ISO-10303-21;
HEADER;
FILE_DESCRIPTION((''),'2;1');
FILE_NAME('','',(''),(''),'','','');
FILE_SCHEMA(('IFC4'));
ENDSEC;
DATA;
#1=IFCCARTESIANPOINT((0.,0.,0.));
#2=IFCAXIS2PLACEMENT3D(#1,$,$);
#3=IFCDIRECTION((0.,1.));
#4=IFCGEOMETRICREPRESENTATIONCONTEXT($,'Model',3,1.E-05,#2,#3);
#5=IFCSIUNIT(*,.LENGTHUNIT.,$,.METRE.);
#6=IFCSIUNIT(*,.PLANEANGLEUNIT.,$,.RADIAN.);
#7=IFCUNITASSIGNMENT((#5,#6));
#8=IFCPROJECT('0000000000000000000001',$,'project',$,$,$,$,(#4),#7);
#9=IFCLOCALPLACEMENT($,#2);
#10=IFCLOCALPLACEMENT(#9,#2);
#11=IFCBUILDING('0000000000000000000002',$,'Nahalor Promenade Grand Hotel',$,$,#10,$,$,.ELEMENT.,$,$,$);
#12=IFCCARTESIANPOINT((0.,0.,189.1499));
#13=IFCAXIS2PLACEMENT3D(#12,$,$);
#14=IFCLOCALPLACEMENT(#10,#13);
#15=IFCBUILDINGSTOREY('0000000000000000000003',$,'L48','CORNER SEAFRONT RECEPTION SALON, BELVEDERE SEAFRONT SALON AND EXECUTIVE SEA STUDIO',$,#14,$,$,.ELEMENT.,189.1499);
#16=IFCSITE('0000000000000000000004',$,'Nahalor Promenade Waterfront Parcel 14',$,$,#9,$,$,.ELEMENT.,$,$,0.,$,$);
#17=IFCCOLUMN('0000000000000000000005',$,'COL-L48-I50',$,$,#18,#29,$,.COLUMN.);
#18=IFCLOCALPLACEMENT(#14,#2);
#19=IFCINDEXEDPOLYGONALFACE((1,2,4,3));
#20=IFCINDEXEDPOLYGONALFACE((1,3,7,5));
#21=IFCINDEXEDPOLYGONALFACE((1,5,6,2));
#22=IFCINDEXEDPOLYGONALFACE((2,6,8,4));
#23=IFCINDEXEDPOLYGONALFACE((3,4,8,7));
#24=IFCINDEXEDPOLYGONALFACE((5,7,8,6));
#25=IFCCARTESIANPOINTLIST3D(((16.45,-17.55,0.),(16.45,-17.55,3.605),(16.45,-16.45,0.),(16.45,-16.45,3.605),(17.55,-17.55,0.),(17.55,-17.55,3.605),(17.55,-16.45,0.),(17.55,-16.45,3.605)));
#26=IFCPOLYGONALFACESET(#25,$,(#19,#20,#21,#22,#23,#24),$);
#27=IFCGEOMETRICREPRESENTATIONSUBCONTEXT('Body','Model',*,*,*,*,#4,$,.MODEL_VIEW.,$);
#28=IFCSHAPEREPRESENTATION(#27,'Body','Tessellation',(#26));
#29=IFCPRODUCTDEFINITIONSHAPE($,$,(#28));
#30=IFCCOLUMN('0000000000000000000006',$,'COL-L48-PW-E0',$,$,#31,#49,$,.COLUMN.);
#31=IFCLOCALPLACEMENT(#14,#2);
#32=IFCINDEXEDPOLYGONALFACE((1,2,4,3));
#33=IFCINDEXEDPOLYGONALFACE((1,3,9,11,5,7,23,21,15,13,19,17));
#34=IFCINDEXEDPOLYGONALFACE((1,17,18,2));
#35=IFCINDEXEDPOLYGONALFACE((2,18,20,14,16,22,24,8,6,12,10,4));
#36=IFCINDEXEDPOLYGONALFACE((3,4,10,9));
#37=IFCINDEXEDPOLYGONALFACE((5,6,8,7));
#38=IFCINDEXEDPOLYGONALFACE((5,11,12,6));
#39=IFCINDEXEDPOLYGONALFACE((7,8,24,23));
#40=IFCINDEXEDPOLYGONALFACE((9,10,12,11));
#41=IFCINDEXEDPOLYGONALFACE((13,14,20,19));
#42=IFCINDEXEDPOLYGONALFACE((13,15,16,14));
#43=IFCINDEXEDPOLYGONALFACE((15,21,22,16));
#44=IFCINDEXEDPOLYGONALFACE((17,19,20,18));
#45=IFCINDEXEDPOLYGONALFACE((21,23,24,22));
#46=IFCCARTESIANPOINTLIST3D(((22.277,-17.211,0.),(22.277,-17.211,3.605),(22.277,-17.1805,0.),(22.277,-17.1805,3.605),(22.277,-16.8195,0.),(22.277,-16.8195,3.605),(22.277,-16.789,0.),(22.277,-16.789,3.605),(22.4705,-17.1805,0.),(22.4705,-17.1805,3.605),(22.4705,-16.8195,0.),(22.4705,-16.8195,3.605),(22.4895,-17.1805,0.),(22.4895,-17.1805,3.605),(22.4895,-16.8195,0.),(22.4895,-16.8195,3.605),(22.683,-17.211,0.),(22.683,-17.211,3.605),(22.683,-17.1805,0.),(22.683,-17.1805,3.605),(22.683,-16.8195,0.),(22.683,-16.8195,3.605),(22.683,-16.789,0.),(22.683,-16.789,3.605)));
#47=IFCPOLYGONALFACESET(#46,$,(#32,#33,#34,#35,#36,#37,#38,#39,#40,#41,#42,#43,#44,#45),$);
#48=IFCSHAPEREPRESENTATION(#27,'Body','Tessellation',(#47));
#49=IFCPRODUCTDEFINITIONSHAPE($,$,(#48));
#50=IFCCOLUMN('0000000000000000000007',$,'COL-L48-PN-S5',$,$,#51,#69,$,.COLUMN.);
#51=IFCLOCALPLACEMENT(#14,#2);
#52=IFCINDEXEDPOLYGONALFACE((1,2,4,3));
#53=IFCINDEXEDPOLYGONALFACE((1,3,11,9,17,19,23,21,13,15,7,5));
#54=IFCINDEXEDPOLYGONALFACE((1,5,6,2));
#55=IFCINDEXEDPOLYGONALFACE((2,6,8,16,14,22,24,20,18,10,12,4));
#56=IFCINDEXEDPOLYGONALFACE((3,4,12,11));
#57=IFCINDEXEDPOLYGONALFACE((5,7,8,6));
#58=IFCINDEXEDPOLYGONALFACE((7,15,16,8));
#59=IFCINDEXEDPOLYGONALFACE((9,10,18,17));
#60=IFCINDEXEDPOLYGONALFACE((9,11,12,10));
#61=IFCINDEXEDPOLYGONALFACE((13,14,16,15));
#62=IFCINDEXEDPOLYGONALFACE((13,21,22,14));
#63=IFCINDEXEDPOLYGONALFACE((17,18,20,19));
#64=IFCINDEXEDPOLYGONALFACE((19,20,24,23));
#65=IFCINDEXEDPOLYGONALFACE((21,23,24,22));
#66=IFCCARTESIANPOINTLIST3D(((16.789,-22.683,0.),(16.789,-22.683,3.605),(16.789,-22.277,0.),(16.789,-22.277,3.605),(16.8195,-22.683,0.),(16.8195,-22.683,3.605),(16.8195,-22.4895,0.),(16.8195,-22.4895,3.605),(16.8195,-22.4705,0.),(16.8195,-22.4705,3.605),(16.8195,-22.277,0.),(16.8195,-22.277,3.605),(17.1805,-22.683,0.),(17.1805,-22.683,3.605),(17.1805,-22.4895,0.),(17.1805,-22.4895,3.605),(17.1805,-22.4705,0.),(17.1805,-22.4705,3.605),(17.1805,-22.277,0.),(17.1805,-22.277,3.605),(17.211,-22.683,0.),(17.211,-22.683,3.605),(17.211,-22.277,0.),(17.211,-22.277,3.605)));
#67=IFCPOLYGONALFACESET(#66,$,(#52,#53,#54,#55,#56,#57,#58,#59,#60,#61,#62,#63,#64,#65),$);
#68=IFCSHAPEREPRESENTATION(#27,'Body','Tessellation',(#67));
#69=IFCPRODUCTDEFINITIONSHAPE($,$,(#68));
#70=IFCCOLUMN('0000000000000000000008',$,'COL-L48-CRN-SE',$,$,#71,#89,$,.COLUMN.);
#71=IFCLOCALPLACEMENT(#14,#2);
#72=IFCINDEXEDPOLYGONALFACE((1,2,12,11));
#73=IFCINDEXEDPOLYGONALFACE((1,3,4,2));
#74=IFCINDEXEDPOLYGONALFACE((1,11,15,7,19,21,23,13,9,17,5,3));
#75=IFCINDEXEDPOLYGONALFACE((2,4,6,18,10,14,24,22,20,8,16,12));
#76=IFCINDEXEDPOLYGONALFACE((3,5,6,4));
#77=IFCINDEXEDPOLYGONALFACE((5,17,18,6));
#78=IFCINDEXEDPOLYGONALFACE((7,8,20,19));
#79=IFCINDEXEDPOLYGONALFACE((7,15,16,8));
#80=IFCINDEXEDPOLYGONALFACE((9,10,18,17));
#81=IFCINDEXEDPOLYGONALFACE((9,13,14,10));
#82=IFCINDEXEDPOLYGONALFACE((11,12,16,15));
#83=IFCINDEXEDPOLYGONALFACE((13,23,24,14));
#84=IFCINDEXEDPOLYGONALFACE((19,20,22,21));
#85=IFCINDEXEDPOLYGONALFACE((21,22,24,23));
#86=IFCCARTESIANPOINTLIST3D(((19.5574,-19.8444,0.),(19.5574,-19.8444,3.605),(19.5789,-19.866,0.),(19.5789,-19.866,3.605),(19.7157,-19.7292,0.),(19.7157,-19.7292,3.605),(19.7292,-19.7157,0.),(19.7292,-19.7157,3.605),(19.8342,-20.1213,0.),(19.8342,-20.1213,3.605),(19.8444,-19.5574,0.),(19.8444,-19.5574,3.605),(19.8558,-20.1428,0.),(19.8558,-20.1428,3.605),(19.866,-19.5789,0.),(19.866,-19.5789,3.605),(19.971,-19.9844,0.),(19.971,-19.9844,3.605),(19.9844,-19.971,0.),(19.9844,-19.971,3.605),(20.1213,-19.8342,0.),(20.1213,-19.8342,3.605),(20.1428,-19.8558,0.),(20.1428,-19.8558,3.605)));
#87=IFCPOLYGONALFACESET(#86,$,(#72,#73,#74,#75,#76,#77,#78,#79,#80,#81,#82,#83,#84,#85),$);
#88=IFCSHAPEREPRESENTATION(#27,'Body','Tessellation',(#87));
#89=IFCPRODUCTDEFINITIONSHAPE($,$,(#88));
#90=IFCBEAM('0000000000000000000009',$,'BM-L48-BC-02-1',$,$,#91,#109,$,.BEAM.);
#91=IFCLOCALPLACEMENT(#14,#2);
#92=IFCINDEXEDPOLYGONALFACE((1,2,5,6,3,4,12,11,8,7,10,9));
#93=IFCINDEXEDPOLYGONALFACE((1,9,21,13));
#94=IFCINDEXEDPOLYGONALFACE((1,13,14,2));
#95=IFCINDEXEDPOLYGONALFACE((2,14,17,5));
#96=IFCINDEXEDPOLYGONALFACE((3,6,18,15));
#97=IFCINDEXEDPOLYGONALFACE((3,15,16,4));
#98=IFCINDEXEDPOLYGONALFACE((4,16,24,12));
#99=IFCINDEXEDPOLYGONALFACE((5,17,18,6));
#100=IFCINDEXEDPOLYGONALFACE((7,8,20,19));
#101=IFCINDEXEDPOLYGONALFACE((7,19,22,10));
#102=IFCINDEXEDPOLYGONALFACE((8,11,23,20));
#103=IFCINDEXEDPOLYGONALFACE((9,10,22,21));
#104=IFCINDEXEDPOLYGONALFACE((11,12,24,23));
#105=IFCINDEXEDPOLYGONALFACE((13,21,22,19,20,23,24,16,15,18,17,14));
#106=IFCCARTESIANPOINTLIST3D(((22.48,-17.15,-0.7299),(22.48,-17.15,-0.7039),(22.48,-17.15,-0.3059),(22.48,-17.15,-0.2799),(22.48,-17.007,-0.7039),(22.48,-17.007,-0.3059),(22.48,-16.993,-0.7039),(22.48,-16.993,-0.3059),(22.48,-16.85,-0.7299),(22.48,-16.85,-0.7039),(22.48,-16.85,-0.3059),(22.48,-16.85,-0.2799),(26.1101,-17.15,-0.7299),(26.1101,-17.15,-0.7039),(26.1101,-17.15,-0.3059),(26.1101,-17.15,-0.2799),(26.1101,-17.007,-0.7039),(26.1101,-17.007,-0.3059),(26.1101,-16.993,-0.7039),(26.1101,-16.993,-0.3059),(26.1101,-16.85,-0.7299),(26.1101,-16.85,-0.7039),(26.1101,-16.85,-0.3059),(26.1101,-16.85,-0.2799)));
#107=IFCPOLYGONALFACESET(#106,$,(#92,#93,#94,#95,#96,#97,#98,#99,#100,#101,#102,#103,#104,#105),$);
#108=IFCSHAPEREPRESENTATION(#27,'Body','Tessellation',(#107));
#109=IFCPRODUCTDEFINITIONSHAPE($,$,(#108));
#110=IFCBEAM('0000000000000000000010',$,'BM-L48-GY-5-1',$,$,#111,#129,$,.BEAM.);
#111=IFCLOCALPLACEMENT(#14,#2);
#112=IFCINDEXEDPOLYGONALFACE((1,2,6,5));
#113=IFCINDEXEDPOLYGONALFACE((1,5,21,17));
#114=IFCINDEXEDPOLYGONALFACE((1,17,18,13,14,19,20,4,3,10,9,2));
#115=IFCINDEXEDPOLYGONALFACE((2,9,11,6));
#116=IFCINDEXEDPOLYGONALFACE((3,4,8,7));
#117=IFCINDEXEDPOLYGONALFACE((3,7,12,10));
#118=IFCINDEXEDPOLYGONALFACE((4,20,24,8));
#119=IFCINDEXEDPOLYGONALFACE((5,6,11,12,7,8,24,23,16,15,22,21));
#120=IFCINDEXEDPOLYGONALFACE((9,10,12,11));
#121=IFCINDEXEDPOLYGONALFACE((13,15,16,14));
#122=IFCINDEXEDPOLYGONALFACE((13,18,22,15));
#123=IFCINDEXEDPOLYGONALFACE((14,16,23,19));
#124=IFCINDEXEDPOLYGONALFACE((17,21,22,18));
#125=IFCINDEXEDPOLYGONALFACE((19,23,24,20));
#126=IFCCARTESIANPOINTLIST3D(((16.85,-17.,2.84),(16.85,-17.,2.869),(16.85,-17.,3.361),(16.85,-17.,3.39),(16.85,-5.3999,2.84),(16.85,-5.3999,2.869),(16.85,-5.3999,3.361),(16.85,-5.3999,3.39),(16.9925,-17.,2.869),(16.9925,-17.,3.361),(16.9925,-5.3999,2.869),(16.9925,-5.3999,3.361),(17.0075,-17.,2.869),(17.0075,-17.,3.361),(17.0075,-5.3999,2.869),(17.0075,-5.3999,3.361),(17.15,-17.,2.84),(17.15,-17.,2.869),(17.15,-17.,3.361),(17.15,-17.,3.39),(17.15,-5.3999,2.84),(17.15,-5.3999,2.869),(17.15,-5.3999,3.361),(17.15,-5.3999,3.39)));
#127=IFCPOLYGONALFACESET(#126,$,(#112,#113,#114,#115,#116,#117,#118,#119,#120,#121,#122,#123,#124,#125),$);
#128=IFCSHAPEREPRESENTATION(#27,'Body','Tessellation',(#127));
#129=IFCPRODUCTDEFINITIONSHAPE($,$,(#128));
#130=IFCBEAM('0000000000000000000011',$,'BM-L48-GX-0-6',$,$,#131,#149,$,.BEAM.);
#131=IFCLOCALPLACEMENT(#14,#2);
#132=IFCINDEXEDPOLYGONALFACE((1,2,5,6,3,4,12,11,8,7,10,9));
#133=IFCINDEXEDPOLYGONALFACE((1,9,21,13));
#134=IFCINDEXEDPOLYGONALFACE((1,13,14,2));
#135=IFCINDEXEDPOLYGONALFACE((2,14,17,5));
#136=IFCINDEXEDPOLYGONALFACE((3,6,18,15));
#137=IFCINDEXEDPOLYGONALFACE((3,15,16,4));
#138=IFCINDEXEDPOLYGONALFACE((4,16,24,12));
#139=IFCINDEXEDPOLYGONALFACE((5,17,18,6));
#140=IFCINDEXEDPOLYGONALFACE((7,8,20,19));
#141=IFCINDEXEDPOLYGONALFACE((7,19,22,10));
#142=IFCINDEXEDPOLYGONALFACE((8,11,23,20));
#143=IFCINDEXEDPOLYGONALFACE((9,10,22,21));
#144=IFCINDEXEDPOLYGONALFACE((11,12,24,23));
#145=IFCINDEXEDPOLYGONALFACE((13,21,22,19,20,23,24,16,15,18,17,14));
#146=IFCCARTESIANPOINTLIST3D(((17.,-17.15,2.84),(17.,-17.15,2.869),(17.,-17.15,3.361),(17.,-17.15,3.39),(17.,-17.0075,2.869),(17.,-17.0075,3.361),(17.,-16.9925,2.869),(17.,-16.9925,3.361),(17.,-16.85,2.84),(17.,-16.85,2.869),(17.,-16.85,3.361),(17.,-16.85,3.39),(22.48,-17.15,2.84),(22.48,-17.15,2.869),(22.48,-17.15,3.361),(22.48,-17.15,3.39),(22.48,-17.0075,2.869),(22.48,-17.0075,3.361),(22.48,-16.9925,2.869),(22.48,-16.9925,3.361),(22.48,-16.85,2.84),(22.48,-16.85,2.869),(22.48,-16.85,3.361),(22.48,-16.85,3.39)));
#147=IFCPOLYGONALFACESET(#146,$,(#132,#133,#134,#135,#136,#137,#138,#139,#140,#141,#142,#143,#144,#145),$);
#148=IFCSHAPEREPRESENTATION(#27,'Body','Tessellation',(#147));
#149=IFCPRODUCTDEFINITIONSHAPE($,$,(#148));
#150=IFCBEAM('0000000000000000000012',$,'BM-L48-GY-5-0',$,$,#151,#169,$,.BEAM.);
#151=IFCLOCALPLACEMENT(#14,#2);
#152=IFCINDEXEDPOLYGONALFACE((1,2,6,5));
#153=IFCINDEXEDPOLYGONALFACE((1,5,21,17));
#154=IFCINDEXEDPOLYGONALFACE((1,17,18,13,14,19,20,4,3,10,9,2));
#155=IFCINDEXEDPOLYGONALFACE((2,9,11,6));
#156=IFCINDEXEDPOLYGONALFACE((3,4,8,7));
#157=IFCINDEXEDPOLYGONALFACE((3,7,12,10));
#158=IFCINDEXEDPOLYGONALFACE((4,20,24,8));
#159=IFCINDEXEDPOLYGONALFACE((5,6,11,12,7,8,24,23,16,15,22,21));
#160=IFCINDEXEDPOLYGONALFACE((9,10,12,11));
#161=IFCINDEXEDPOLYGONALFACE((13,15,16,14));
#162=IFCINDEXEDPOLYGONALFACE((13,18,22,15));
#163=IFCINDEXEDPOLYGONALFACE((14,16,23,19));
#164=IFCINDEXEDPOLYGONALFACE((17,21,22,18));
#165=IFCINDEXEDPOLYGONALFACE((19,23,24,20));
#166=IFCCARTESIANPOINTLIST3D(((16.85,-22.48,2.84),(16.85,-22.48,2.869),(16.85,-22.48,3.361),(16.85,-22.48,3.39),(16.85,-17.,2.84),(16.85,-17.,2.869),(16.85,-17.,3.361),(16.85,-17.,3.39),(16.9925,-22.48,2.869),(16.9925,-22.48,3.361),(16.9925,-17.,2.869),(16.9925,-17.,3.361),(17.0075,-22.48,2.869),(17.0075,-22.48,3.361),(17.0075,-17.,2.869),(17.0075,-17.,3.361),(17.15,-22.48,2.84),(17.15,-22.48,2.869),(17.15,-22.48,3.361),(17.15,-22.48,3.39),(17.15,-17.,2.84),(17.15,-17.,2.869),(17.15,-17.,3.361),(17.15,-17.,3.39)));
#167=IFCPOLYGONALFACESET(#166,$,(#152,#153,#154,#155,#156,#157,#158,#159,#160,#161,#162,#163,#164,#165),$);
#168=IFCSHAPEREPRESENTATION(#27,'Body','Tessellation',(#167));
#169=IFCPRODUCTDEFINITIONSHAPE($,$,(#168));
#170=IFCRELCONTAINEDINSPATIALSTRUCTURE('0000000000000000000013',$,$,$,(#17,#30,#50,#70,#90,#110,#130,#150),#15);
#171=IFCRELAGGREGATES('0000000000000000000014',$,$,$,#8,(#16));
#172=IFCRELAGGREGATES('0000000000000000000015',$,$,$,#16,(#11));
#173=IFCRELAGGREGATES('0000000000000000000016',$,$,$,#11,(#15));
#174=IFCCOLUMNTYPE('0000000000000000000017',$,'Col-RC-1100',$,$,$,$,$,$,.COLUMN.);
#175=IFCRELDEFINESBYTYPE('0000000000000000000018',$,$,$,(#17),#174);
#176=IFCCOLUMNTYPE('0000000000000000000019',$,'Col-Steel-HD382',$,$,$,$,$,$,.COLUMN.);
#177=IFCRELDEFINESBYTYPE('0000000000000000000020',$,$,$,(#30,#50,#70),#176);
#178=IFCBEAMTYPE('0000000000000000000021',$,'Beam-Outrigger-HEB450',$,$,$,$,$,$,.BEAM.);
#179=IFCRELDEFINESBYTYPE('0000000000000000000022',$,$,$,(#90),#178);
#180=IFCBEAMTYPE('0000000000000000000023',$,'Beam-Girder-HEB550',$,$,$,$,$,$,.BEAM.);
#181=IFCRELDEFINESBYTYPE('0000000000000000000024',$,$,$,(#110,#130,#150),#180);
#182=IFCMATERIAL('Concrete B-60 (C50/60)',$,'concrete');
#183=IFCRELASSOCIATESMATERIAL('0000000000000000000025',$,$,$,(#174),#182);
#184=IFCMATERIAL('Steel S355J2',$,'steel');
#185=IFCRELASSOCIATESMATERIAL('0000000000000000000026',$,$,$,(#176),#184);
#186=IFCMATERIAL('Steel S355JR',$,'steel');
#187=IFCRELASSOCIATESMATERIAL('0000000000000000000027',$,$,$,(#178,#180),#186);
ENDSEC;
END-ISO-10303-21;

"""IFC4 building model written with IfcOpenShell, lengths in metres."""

from ifc_helpers import new_model, si_unit, direction, frame, origin, origin_2d, place, context, subcontext, project, spatial, rectangle, i_section, extrude, source, transform, mapped, material, material_profile, profile_set, type_object, element, save


model = new_model("IFC4")

# Units and contexts
model_context = context("Model", 3, precision=1e-05, world=origin(), true_north=direction((0.0, 1.0)))
body_context = subcontext(model_context, "Body", "Model", "MODEL_VIEW")
ifc_project = project(units=[si_unit("LENGTHUNIT", "METRE"), si_unit("PLANEANGLEUNIT", "RADIAN")], contexts=[model_context])

# Site, building, storey
site_placement = place(None, origin())
site = spatial("IfcSite", under=ifc_project, at=site_placement, Name="Nahalor Promenade Waterfront Parcel 14", CompositionType="ELEMENT", RefElevation=0.0)
building_placement = place(site_placement, origin())
building = spatial("IfcBuilding", under=site, at=building_placement, Name="Nahalor Promenade Grand Hotel", CompositionType="ELEMENT")
storey_placement = place(building_placement, frame((0.0, 0.0, 189.1499)))
storey = spatial("IfcBuildingStorey", under=building, at=storey_placement, Name="L48", Description="CORNER SEAFRONT RECEPTION SALON, BELVEDERE SEAFRONT SALON AND EXECUTIVE SEA STUDIO", CompositionType="ELEMENT", Elevation=189.1499)

# Columns
ifc_material_1 = material(Name="Concrete B-60 (C50/60)", Category="concrete")
ifc_material_profile_1 = material_profile(ifc_material_1, rectangle(XDim=1.1, YDim=1.1, at=origin_2d()), Name="RC 1100x1100")
ifc_profile_set_1 = profile_set([ifc_material_profile_1], Name="Concrete B-60 (C50/60)")
column_type_1 = type_object("IfcColumnType", Name="Col-RC-1100", PredefinedType="COLUMN", material=ifc_profile_set_1)
shared_shape_1 = source(origin(), body_context, "Body", "SweptSolid", [
    extrude(rectangle(XDim=1.1, YDim=1.1, at=origin_2d()), origin(), (0.0, 0.0, 1.0), 3.605),
])
column_placement = place(storey_placement, frame((17.0, -17.0, 0.0), z_axis=(0.0, 0.0, 1.0), x_axis=(1.0, 0.0, 0.0)))
element("IfcColumn", 1, at=column_placement, inside=storey, type_object=column_type_1, Name="COL-L48-I50", PredefinedType="COLUMN", context=body_context, shape_type="MappedRepresentation", body=[
    mapped(shared_shape_1, transform((0.0, 0.0, 0.0), scale=1.0)),
])
ifc_material_2 = material(Name="Steel S355J2", Category="steel")
ifc_material_profile_2 = material_profile(ifc_material_2, i_section(OverallWidth=0.406, OverallDepth=0.422, WebThickness=0.019, FlangeThickness=0.0305, at=origin_2d()), Name="HD 400x382")
ifc_profile_set_2 = profile_set([ifc_material_profile_2], Name="Steel S355J2")
column_type_2 = type_object("IfcColumnType", Name="Col-Steel-HD382", PredefinedType="COLUMN", material=ifc_profile_set_2)
shared_shape_2 = source(origin(), body_context, "Body", "SweptSolid", [
    extrude(i_section(OverallWidth=0.406, OverallDepth=0.422, WebThickness=0.019, FlangeThickness=0.0305, at=origin_2d()), origin(), (0.0, 0.0, 1.0), 3.605),
])
for number, where, z_axis, x_axis, name in (
    (2, (22.48, -17.0, 0.0), (0.0, 0.0, 1.0), (1.0, 0.0, 0.0), "COL-L48-PW-E0"),
    (3, (17.0, -22.48, 0.0), (0.0, 0.0, 1.0), (0.0, 1.0, 0.0), "COL-L48-PN-S5"),
    (4, (19.8501, -19.8501, 0.0), (0.0, 0.0, 1.0), (0.707107, 0.707107, 0.0), "COL-L48-CRN-SE"),
):
    element("IfcColumn", number, at=place(storey_placement, frame(where, z_axis=z_axis, x_axis=x_axis)), inside=storey, type_object=column_type_2, Name=name, PredefinedType="COLUMN", context=body_context, shape_type="MappedRepresentation", body=[
        mapped(shared_shape_2, transform((0.0, 0.0, 0.0), scale=1.0)),
    ])

# Beams
ifc_material_3 = material(Name="Steel S355JR", Category="steel")
ifc_material_profile_3 = material_profile(ifc_material_3, i_section(OverallWidth=0.3, OverallDepth=0.45, WebThickness=0.014, FlangeThickness=0.026, at=origin_2d()), Name="HEB 450")
ifc_profile_set_3 = profile_set([ifc_material_profile_3], Name="Steel S355JR")
beam_type_1 = type_object("IfcBeamType", Name="Beam-Outrigger-HEB450", PredefinedType="BEAM", material=ifc_profile_set_3)
shared_shape_3 = source(origin(), body_context, "Body", "SweptSolid", [
    extrude(i_section(OverallWidth=0.3, OverallDepth=0.45, WebThickness=0.014, FlangeThickness=0.026, at=origin_2d()), origin(), (0.0, 0.0, 1.0), 3.6301),
])
beam_1_placement = place(storey_placement, frame((22.48, -17.0, -0.5049), z_axis=(1.0, 0.0, 0.0), x_axis=(0.0, 1.0, 0.0)))
element("IfcBeam", 5, at=beam_1_placement, inside=storey, type_object=beam_type_1, Name="BM-L48-BC-02-1", PredefinedType="BEAM", context=body_context, shape_type="MappedRepresentation", body=[
    mapped(shared_shape_3, transform((0.0, 0.0, 0.0), scale=1.0)),
])
ifc_material_profile_4 = material_profile(ifc_material_3, i_section(OverallWidth=0.3, OverallDepth=0.55, WebThickness=0.015, FlangeThickness=0.029, at=origin_2d()), Name="HEB 550")
ifc_profile_set_4 = profile_set([ifc_material_profile_4], Name="Steel S355JR")
beam_type_2 = type_object("IfcBeamType", Name="Beam-Girder-HEB550", PredefinedType="BEAM", material=ifc_profile_set_4)
shared_shape_4 = source(origin(), body_context, "Body", "SweptSolid", [
    extrude(i_section(OverallWidth=0.3, OverallDepth=0.55, WebThickness=0.015, FlangeThickness=0.029, at=origin_2d()), origin(), (0.0, 0.0, 1.0), 11.6001),
])
beam_2_placement = place(storey_placement, frame((17.0, -17.0, 3.115), z_axis=(0.0, 1.0, 0.0), x_axis=(-1.0, 0.0, 0.0)))
element("IfcBeam", 6, at=beam_2_placement, inside=storey, type_object=beam_type_2, Name="BM-L48-GY-5-1", PredefinedType="BEAM", context=body_context, shape_type="MappedRepresentation", body=[
    mapped(shared_shape_4, transform((0.0, 0.0, 0.0), scale=1.0)),
])
shared_shape_5 = source(origin(), body_context, "Body", "SweptSolid", [
    extrude(i_section(OverallWidth=0.3, OverallDepth=0.55, WebThickness=0.015, FlangeThickness=0.029, at=origin_2d()), origin(), (0.0, 0.0, 1.0), 5.48),
])
for number, where, z_axis, x_axis, name in (
    (7, (17.0, -17.0, 3.115), (1.0, 0.0, 0.0), (0.0, 1.0, 0.0), "BM-L48-GX-0-6"),
    (8, (17.0, -22.48, 3.115), (0.0, 1.0, 0.0), (-1.0, 0.0, 0.0), "BM-L48-GY-5-0"),
):
    element("IfcBeam", number, at=place(storey_placement, frame(where, z_axis=z_axis, x_axis=x_axis)), inside=storey, type_object=beam_type_2, Name=name, PredefinedType="BEAM", context=body_context, shape_type="MappedRepresentation", body=[
        mapped(shared_shape_5, transform((0.0, 0.0, 0.0), scale=1.0)),
    ])

save(model, "model.ifc")
